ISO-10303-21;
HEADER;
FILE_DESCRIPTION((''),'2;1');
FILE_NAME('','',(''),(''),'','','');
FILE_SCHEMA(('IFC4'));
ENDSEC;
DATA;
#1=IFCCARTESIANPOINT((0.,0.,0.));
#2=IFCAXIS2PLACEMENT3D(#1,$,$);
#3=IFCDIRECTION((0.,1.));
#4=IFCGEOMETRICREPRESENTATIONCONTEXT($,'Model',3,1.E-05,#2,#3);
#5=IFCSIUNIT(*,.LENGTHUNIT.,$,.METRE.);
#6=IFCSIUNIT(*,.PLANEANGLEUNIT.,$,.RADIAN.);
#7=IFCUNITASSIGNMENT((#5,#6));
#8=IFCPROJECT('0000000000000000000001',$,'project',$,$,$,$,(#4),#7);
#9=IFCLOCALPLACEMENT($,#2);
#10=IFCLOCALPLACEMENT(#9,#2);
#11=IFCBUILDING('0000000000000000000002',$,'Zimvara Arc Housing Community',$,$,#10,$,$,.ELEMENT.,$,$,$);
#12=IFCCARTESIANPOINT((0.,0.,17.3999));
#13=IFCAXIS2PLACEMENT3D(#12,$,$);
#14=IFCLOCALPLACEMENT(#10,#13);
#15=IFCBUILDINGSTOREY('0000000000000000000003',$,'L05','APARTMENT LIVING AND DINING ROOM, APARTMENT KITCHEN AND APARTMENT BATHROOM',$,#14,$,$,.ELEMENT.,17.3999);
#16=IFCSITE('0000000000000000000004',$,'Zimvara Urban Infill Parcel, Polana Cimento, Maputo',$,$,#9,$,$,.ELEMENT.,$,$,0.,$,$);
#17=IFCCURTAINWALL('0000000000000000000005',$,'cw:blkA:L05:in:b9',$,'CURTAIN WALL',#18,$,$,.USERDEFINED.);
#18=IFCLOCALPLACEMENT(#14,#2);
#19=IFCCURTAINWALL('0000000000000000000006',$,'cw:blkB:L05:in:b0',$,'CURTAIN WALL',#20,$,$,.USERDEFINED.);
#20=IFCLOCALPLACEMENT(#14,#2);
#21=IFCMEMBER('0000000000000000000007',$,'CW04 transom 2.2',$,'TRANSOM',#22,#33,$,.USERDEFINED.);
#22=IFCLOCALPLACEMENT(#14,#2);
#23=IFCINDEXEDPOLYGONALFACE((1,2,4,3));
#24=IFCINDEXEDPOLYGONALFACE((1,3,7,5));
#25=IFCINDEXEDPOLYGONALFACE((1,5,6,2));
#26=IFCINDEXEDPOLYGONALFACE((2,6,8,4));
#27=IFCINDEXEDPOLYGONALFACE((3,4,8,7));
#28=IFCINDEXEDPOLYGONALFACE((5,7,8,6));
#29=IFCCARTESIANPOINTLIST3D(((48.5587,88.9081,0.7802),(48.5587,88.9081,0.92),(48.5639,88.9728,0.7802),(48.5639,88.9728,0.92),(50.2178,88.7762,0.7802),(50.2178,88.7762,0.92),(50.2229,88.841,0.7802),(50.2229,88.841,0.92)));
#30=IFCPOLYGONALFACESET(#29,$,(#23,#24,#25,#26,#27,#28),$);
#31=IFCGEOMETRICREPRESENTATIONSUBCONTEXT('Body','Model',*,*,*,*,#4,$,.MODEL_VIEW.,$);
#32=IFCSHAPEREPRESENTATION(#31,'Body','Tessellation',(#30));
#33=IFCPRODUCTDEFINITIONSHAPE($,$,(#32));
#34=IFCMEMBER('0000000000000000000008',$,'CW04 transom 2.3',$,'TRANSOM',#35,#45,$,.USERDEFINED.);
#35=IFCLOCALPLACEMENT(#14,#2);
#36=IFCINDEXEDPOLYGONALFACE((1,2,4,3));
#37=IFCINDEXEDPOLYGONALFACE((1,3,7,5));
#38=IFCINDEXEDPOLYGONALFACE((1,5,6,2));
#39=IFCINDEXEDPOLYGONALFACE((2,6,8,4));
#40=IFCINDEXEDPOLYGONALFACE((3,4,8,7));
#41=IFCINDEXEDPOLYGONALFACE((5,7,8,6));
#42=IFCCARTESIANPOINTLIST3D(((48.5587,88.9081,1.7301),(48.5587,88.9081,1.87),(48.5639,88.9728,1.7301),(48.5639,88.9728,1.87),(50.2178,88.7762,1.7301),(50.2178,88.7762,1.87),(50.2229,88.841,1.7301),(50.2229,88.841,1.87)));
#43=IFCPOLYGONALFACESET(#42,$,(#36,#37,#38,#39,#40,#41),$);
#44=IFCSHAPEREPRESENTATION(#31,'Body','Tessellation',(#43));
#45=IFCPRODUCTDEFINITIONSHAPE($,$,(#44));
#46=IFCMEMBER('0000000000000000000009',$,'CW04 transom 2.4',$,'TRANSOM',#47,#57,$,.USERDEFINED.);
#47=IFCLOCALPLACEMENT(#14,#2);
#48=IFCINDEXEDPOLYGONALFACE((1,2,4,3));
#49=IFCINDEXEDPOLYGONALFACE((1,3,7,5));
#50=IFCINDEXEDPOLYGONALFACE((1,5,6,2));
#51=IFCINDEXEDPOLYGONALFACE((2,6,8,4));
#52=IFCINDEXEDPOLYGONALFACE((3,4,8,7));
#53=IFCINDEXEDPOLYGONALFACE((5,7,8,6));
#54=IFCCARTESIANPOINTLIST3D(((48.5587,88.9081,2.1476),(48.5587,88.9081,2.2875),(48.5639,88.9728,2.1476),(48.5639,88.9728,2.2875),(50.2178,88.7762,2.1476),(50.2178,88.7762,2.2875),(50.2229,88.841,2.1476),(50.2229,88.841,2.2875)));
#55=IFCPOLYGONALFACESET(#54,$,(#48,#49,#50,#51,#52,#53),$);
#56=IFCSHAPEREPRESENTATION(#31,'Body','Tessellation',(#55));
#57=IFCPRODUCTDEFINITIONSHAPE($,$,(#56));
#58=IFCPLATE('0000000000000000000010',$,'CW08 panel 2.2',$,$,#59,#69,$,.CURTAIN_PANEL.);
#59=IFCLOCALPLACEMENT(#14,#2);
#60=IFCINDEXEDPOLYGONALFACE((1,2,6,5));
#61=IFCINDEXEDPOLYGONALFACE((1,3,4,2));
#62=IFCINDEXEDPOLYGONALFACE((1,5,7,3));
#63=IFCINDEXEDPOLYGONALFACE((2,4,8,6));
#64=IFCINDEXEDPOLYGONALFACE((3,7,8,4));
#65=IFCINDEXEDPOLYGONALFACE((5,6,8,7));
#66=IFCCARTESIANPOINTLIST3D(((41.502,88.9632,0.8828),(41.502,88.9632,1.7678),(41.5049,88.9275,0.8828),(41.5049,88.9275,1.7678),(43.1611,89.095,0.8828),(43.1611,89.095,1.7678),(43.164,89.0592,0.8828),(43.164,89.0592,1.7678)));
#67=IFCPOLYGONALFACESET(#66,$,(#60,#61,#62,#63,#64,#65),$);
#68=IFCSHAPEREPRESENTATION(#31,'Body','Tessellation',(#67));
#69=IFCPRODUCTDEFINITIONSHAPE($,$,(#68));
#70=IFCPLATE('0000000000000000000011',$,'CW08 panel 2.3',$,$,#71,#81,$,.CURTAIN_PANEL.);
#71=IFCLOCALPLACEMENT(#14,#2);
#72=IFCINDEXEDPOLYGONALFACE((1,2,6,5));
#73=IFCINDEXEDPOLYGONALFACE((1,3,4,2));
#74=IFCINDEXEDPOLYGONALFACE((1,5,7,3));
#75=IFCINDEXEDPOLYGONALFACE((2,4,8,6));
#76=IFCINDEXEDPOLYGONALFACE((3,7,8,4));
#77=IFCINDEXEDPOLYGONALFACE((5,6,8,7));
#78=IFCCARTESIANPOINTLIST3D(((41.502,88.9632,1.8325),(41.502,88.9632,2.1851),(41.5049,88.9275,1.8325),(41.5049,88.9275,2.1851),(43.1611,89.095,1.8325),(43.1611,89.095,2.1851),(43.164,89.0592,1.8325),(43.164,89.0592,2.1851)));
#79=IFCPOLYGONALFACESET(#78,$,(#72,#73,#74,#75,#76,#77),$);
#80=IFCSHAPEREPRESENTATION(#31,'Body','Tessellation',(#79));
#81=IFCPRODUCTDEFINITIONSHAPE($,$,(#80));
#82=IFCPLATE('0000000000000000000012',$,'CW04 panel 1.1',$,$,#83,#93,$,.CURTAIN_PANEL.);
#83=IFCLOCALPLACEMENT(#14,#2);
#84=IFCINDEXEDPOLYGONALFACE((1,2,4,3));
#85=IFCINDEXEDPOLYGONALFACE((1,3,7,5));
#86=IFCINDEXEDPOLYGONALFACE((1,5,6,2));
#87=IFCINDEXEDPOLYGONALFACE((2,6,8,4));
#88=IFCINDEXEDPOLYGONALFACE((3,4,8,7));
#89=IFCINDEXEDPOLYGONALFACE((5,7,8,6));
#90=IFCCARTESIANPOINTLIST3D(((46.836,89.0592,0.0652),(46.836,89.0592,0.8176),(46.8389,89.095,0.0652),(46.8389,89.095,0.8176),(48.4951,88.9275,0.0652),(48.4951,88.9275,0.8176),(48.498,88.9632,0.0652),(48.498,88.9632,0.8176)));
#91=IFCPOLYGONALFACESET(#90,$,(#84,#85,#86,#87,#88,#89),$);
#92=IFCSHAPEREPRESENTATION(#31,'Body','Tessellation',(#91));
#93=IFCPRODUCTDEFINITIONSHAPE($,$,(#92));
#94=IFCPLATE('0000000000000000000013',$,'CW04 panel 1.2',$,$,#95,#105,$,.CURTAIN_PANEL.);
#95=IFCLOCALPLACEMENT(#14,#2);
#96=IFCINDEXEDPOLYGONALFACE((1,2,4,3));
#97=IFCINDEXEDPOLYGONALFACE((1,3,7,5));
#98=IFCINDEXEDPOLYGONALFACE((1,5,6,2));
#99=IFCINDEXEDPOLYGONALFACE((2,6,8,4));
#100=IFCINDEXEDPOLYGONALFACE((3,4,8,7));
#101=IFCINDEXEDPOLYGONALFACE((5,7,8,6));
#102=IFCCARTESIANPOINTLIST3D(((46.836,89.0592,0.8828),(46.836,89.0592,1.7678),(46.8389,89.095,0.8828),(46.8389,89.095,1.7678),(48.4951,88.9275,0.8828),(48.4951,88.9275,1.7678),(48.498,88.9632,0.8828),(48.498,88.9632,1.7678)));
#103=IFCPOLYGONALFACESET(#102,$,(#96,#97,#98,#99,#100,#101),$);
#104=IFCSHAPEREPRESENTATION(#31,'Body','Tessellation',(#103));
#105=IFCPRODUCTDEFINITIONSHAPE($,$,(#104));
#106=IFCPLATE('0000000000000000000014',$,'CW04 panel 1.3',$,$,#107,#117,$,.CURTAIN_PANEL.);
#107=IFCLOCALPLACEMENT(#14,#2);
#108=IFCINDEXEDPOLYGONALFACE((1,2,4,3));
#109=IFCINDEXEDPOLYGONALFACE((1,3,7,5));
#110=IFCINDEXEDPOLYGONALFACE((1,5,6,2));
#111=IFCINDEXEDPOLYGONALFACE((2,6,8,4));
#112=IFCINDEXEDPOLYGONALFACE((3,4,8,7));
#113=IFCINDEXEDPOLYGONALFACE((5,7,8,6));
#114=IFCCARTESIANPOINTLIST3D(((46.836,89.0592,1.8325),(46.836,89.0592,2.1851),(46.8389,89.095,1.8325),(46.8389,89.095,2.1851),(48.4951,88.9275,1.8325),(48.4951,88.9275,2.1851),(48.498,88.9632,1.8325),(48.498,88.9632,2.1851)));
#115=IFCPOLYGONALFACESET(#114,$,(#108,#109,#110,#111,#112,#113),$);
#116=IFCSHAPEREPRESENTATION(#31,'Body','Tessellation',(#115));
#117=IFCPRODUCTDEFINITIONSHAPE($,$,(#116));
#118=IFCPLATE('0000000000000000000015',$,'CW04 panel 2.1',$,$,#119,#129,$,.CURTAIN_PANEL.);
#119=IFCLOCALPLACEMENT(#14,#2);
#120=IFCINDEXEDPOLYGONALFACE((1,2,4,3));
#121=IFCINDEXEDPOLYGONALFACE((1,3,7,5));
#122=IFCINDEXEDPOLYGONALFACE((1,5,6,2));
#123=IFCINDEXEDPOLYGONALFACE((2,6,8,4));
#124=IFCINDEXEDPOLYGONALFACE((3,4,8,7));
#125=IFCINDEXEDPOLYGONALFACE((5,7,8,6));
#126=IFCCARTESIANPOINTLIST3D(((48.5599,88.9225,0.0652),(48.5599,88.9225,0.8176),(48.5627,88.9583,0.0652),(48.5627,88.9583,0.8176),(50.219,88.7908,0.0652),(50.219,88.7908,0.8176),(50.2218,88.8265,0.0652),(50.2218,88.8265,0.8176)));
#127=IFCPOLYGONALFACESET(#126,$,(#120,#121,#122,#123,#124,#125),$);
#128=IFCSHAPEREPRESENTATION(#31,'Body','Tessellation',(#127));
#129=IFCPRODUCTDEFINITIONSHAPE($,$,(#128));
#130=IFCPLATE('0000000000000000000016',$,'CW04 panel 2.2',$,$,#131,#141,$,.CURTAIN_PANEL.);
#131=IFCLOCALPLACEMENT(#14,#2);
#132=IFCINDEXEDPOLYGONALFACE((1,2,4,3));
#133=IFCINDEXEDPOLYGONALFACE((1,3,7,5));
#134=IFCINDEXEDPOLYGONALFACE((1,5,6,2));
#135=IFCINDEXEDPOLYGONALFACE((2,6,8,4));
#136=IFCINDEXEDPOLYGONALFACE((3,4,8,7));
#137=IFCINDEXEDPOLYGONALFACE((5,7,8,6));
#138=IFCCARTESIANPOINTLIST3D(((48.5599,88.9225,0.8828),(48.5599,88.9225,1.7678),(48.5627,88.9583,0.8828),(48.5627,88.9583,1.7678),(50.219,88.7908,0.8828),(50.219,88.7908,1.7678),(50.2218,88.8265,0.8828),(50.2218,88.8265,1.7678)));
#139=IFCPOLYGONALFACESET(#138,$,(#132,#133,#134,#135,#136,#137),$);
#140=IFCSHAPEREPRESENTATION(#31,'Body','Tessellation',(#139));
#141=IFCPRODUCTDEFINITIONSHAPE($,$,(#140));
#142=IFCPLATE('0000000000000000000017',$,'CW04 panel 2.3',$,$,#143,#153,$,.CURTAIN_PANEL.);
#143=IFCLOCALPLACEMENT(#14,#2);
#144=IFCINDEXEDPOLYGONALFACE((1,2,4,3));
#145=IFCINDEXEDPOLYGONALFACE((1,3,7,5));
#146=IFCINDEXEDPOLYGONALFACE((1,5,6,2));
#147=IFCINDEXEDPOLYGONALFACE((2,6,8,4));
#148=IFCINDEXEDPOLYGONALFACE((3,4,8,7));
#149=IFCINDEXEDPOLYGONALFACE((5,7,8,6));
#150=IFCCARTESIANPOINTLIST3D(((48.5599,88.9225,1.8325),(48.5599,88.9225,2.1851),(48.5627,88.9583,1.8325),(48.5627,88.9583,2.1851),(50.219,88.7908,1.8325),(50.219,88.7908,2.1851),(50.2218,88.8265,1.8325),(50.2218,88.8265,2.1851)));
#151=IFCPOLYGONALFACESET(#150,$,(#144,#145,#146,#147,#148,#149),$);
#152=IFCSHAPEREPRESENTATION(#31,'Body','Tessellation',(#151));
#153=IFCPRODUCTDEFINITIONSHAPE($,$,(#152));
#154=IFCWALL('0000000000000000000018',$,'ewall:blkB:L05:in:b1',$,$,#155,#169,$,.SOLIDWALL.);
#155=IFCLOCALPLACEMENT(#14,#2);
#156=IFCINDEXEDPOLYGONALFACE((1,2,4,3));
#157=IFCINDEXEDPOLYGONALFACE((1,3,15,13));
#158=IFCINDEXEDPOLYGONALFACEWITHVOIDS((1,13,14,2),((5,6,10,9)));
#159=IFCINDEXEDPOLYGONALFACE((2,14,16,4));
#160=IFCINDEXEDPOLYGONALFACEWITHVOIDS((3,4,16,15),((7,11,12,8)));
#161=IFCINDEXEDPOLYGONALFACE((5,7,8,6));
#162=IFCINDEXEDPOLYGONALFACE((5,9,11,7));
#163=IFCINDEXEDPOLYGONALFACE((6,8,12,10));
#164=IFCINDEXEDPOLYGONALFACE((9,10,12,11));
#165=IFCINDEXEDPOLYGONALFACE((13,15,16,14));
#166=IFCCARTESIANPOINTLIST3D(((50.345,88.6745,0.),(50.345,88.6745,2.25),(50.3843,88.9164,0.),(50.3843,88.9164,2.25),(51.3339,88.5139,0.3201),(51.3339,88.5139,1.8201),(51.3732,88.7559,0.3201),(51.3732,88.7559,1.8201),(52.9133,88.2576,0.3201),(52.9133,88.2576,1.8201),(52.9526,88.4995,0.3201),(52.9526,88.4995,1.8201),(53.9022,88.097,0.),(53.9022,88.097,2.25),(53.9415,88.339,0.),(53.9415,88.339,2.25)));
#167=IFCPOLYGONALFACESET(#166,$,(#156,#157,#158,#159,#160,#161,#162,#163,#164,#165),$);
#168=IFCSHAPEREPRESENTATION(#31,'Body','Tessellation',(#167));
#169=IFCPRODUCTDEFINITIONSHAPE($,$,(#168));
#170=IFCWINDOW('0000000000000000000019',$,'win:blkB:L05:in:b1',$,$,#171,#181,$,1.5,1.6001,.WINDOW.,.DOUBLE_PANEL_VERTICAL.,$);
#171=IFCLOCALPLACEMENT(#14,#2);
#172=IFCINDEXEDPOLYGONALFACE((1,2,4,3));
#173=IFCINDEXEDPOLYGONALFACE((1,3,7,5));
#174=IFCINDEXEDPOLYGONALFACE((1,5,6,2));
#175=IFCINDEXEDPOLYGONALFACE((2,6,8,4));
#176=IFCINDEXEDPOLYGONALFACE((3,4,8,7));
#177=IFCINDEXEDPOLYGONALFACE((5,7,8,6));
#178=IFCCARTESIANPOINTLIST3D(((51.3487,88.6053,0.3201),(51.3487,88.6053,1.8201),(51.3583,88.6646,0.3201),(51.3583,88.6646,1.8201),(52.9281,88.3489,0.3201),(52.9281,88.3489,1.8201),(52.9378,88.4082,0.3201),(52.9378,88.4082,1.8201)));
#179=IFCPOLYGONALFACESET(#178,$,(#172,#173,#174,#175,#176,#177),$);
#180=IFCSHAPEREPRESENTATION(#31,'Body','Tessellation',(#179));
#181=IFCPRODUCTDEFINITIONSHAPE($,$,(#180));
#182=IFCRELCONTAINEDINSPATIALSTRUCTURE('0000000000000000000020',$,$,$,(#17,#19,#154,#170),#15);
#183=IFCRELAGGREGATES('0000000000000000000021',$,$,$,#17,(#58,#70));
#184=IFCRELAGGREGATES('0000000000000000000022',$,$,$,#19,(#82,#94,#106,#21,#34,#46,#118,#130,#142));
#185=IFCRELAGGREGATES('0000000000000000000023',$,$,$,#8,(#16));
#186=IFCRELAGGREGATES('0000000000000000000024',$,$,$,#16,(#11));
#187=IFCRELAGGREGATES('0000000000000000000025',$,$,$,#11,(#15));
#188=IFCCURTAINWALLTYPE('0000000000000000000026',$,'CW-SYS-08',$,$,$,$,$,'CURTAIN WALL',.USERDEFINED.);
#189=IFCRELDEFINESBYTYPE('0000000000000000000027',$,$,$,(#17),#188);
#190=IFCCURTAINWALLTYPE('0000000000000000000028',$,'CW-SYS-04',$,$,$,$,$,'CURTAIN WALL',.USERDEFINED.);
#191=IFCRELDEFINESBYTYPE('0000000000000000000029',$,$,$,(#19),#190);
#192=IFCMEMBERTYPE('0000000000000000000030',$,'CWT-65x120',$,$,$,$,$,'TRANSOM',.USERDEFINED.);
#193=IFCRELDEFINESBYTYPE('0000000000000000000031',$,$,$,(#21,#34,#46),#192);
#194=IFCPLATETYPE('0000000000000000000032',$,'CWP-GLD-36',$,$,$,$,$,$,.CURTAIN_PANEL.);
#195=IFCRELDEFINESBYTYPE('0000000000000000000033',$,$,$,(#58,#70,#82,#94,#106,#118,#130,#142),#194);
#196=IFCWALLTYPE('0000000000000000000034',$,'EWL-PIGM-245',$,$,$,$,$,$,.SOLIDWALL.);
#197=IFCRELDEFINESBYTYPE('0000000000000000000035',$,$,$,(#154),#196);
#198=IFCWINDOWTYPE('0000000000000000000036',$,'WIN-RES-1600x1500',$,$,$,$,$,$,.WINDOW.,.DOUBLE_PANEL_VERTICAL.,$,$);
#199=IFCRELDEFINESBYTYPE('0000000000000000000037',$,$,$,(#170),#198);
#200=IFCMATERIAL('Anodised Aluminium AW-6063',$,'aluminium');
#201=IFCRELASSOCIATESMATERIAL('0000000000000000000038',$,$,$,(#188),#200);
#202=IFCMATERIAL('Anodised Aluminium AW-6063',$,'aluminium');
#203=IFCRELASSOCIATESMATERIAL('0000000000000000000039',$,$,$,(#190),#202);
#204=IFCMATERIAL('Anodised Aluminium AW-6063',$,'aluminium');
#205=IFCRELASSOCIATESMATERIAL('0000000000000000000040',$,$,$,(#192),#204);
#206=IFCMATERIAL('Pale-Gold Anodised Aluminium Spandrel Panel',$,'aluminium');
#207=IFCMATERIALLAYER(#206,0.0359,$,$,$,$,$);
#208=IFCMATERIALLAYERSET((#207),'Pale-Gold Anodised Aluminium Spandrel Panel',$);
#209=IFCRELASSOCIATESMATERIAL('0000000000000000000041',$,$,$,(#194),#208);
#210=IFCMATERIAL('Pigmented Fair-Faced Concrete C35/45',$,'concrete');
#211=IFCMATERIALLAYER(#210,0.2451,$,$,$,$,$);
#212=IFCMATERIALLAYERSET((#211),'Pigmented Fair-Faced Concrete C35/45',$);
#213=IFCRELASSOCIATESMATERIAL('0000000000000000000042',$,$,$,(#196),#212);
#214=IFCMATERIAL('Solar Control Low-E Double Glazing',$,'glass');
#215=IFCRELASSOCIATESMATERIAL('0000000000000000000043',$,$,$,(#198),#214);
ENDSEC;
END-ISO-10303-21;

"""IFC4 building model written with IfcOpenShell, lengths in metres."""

from ifc_helpers import new_model, si_unit, direction, frame, frame_2d, origin, origin_2d, place, context, subcontext, project, spatial, rectangle, extrude, material, layer, layer_set, material_profile, profile_set, type_object, element, fill, aggregate, save


model = new_model("IFC4")

# Units and contexts
model_context = context("Model", 3, precision=1e-05, world=origin(), true_north=direction((0.0, 1.0)))
body_context = subcontext(model_context, "Body", "Model", "MODEL_VIEW")
ifc_project = project(units=[si_unit("LENGTHUNIT", "METRE"), si_unit("PLANEANGLEUNIT", "RADIAN")], contexts=[model_context])

# Site, building, storey
site_placement = place(None, origin())
site = spatial("IfcSite", under=ifc_project, at=site_placement, Name="Zimvara Urban Infill Parcel, Polana Cimento, Maputo", CompositionType="ELEMENT", RefElevation=0.0)
building_placement = place(site_placement, origin())
building = spatial("IfcBuilding", under=site, at=building_placement, Name="Zimvara Arc Housing Community", CompositionType="ELEMENT")
storey_placement = place(building_placement, frame((0.0, 0.0, 17.3999)))
storey = spatial("IfcBuildingStorey", under=building, at=storey_placement, Name="L05", Description="APARTMENT LIVING AND DINING ROOM, APARTMENT KITCHEN AND APARTMENT BATHROOM", CompositionType="ELEMENT", Elevation=17.3999)

# Curtain wall
ifc_material_1 = material(Name="Anodised Aluminium AW-6063", Category="aluminium")
curtain_wall_type_1 = type_object("IfcCurtainWallType", Name="CW-SYS-08", ElementType="CURTAIN WALL", PredefinedType="USERDEFINED", material=ifc_material_1)
curtain_wall_1_placement = place(storey_placement, origin())
curtain_wall_1 = element("IfcCurtainWall", 1, at=curtain_wall_1_placement, inside=storey, type_object=curtain_wall_type_1, Name="cw:blkA:L05:in:b9", ObjectType="CURTAIN WALL", PredefinedType="USERDEFINED")

# Curtain wall
ifc_material_2 = material(Name="Anodised Aluminium AW-6063", Category="aluminium")
curtain_wall_type_2 = type_object("IfcCurtainWallType", Name="CW-SYS-04", ElementType="CURTAIN WALL", PredefinedType="USERDEFINED", material=ifc_material_2)
curtain_wall_2_placement = place(storey_placement, origin())
curtain_wall_2 = element("IfcCurtainWall", 2, at=curtain_wall_2_placement, inside=storey, type_object=curtain_wall_type_2, Name="cw:blkB:L05:in:b0", ObjectType="CURTAIN WALL", PredefinedType="USERDEFINED")

# Members
ifc_material_3 = material(Name="Anodised Aluminium AW-6063", Category="aluminium")
ifc_material_profile_1 = material_profile(ifc_material_3, rectangle(XDim=0.0649, YDim=0.1399, at=origin_2d()), Name="ALU 65x140")
ifc_profile_set_1 = profile_set([ifc_material_profile_1], Name="Anodised Aluminium AW-6063")
member_type_1 = type_object("IfcMemberType", Name="CWT-65x120", ElementType="TRANSOM", PredefinedType="USERDEFINED", material=ifc_profile_set_1)
member_1_placement = place(storey_placement, frame((48.5613, 88.9404, 0.8501), z_axis=(0.996858, -0.079209, 0.0), x_axis=(0.079209, 0.996858, 0.0)))
member_1 = element("IfcMember", 3, at=member_1_placement, type_object=member_type_1, Name="CW04 transom 2.2", ObjectType="TRANSOM", PredefinedType="USERDEFINED", context=body_context, shape_type="SweptSolid", body=[
    extrude(rectangle(XDim=0.0649, YDim=0.1399, at=origin_2d()), origin(), (0.0, 0.0, 1.0), 1.6643),
])
member_2_placement = place(storey_placement, frame((48.5613, 88.9404, 1.8), z_axis=(0.996858, -0.079209, 0.0), x_axis=(0.079209, 0.996858, 0.0)))
member_2 = element("IfcMember", 4, at=member_2_placement, type_object=member_type_1, Name="CW04 transom 2.3", ObjectType="TRANSOM", PredefinedType="USERDEFINED", context=body_context, shape_type="SweptSolid", body=[
    extrude(rectangle(XDim=0.0649, YDim=0.1399, at=origin_2d()), origin(), (0.0, 0.0, 1.0), 1.6643),
])
member_3_placement = place(storey_placement, frame((48.5613, 88.9404, 2.2175), z_axis=(0.996858, -0.079209, 0.0), x_axis=(0.079209, 0.996858, 0.0)))
member_3 = element("IfcMember", 5, at=member_3_placement, type_object=member_type_1, Name="CW04 transom 2.4", ObjectType="TRANSOM", PredefinedType="USERDEFINED", context=body_context, shape_type="SweptSolid", body=[
    extrude(rectangle(XDim=0.0649, YDim=0.1399, at=origin_2d()), origin(), (0.0, 0.0, 1.0), 1.6643),
])

# Plates
ifc_material_4 = material(Name="Pale-Gold Anodised Aluminium Spandrel Panel", Category="aluminium")
ifc_layer_1 = layer(ifc_material_4, 0.0359)
ifc_layer_set_1 = layer_set([ifc_layer_1], Name="Pale-Gold Anodised Aluminium Spandrel Panel")
plate_type = type_object("IfcPlateType", Name="CWP-GLD-36", PredefinedType="CURTAIN_PANEL", material=ifc_layer_set_1)
plate_1_placement = place(storey_placement, frame((42.333, 89.0112, 0.8828), z_axis=(0.0, 0.0, 1.0), x_axis=(0.996862, 0.079155, 0.0)))
plate_1 = element("IfcPlate", 6, at=plate_1_placement, type_object=plate_type, Name="CW08 panel 2.2", PredefinedType="CURTAIN_PANEL", context=body_context, shape_type="SweptSolid", body=[
    extrude(rectangle(XDim=1.6643, YDim=0.0359, at=origin_2d()), origin(), (0.0, 0.0, 1.0), 0.885),
])
plate_2_placement = place(storey_placement, frame((42.333, 89.0112, 1.8325), z_axis=(0.0, 0.0, 1.0), x_axis=(0.996862, 0.079155, 0.0)))
plate_2 = element("IfcPlate", 7, at=plate_2_placement, type_object=plate_type, Name="CW08 panel 2.3", PredefinedType="CURTAIN_PANEL", context=body_context, shape_type="SweptSolid", body=[
    extrude(rectangle(XDim=1.6643, YDim=0.0359, at=origin_2d()), origin(), (0.0, 0.0, 1.0), 0.3525),
])
aggregate(curtain_wall_1, [plate_1, plate_2])
plate_3_placement = place(storey_placement, frame((47.667, 89.0112, 0.0652), z_axis=(0.0, 0.0, 1.0), x_axis=(0.996862, -0.079155, 0.0)))
plate_3 = element("IfcPlate", 8, at=plate_3_placement, type_object=plate_type, Name="CW04 panel 1.1", PredefinedType="CURTAIN_PANEL", context=body_context, shape_type="SweptSolid", body=[
    extrude(rectangle(XDim=1.6643, YDim=0.0359, at=origin_2d()), origin(), (0.0, 0.0, 1.0), 0.7524),
])
plate_4_placement = place(storey_placement, frame((47.667, 89.0112, 0.8828), z_axis=(0.0, 0.0, 1.0), x_axis=(0.996862, -0.079155, 0.0)))
plate_4 = element("IfcPlate", 9, at=plate_4_placement, type_object=plate_type, Name="CW04 panel 1.2", PredefinedType="CURTAIN_PANEL", context=body_context, shape_type="SweptSolid", body=[
    extrude(rectangle(XDim=1.6643, YDim=0.0359, at=origin_2d()), origin(), (0.0, 0.0, 1.0), 0.885),
])
plate_5_placement = place(storey_placement, frame((47.667, 89.0112, 1.8325), z_axis=(0.0, 0.0, 1.0), x_axis=(0.996862, -0.079155, 0.0)))
plate_5 = element("IfcPlate", 10, at=plate_5_placement, type_object=plate_type, Name="CW04 panel 1.3", PredefinedType="CURTAIN_PANEL", context=body_context, shape_type="SweptSolid", body=[
    extrude(rectangle(XDim=1.6643, YDim=0.0359, at=origin_2d()), origin(), (0.0, 0.0, 1.0), 0.3525),
])
plate_6_placement = place(storey_placement, frame((49.3909, 88.8745, 0.0652), z_axis=(0.0, 0.0, 1.0), x_axis=(0.996862, -0.079155, 0.0)))
plate_6 = element("IfcPlate", 11, at=plate_6_placement, type_object=plate_type, Name="CW04 panel 2.1", PredefinedType="CURTAIN_PANEL", context=body_context, shape_type="SweptSolid", body=[
    extrude(rectangle(XDim=1.6643, YDim=0.0359, at=origin_2d()), origin(), (0.0, 0.0, 1.0), 0.7524),
])
plate_7_placement = place(storey_placement, frame((49.3909, 88.8745, 0.8828), z_axis=(0.0, 0.0, 1.0), x_axis=(0.996862, -0.079155, 0.0)))
plate_7 = element("IfcPlate", 12, at=plate_7_placement, type_object=plate_type, Name="CW04 panel 2.2", PredefinedType="CURTAIN_PANEL", context=body_context, shape_type="SweptSolid", body=[
    extrude(rectangle(XDim=1.6643, YDim=0.0359, at=origin_2d()), origin(), (0.0, 0.0, 1.0), 0.885),
])
plate_8_placement = place(storey_placement, frame((49.3909, 88.8745, 1.8325), z_axis=(0.0, 0.0, 1.0), x_axis=(0.996862, -0.079155, 0.0)))
plate_8 = element("IfcPlate", 13, at=plate_8_placement, type_object=plate_type, Name="CW04 panel 2.3", PredefinedType="CURTAIN_PANEL", context=body_context, shape_type="SweptSolid", body=[
    extrude(rectangle(XDim=1.6643, YDim=0.0359, at=origin_2d()), origin(), (0.0, 0.0, 1.0), 0.3525),
])
aggregate(curtain_wall_2, [plate_3, plate_4, plate_5, member_1, member_2, member_3, plate_6, plate_7, plate_8])

# Wall, opening, window
ifc_material_5 = material(Name="Pigmented Fair-Faced Concrete C35/45", Category="concrete")
ifc_layer_2 = layer(ifc_material_5, 0.2451)
ifc_layer_set_2 = layer_set([ifc_layer_2], Name="Pigmented Fair-Faced Concrete C35/45")
wall_type = type_object("IfcWallType", Name="EWL-PIGM-245", PredefinedType="SOLIDWALL", material=ifc_layer_set_2)
wall_placement = place(storey_placement, frame((50.3647, 88.7954, 0.0), z_axis=(0.0, 0.0, 1.0), x_axis=(0.987081, -0.160223, 0.0)))
wall = element("IfcWall", 14, at=wall_placement, inside=storey, type_object=wall_type, Name="ewall:blkB:L05:in:b1", PredefinedType="SOLIDWALL", context=body_context, shape_type="SweptSolid", body=[
    extrude(rectangle(XDim=3.6038, YDim=0.2451, at=frame_2d((1.8018, 0.0))), origin(), (0.0, 0.0, 1.0), 2.25),
])
opening_placement = place(wall_placement, frame((1.0017, 0.0, 0.3201)))
opening = element("IfcOpeningElement", 15, at=opening_placement, cuts=wall, PredefinedType="OPENING", context=body_context, shape_type="SweptSolid", body=[
    extrude(rectangle(XDim=1.6001, YDim=1.5, at=frame_2d((0.8, 0.75))), frame((0.0, 0.1326, 0.0), z_axis=(0.0, -1.0, 0.0), x_axis=(1.0, 0.0, 0.0)), (0.0, 0.0, 1.0), 0.2651),
])
ifc_material_6 = material(Name="Solar Control Low-E Double Glazing", Category="glass")
window_type = type_object("IfcWindowType", Name="WIN-RES-1600x1500", PartitioningType="DOUBLE_PANEL_VERTICAL", PredefinedType="WINDOW", material=ifc_material_6)
window_placement = place(opening_placement, origin())
window = element("IfcWindow", 16, at=window_placement, inside=storey, type_object=window_type, Name="win:blkB:L05:in:b1", OverallHeight=1.5, OverallWidth=1.6001, PartitioningType="DOUBLE_PANEL_VERTICAL", PredefinedType="WINDOW", context=body_context, shape_type="SweptSolid", body=[
    extrude(rectangle(XDim=1.6001, YDim=1.5, at=frame_2d((0.8, 0.75))), frame((0.0, 0.03, 0.0), z_axis=(0.0, -1.0, 0.0), x_axis=(1.0, 0.0, 0.0)), (0.0, 0.0, 1.0), 0.0601),
])
fill(opening, window)

save(model, "model.ifc")
